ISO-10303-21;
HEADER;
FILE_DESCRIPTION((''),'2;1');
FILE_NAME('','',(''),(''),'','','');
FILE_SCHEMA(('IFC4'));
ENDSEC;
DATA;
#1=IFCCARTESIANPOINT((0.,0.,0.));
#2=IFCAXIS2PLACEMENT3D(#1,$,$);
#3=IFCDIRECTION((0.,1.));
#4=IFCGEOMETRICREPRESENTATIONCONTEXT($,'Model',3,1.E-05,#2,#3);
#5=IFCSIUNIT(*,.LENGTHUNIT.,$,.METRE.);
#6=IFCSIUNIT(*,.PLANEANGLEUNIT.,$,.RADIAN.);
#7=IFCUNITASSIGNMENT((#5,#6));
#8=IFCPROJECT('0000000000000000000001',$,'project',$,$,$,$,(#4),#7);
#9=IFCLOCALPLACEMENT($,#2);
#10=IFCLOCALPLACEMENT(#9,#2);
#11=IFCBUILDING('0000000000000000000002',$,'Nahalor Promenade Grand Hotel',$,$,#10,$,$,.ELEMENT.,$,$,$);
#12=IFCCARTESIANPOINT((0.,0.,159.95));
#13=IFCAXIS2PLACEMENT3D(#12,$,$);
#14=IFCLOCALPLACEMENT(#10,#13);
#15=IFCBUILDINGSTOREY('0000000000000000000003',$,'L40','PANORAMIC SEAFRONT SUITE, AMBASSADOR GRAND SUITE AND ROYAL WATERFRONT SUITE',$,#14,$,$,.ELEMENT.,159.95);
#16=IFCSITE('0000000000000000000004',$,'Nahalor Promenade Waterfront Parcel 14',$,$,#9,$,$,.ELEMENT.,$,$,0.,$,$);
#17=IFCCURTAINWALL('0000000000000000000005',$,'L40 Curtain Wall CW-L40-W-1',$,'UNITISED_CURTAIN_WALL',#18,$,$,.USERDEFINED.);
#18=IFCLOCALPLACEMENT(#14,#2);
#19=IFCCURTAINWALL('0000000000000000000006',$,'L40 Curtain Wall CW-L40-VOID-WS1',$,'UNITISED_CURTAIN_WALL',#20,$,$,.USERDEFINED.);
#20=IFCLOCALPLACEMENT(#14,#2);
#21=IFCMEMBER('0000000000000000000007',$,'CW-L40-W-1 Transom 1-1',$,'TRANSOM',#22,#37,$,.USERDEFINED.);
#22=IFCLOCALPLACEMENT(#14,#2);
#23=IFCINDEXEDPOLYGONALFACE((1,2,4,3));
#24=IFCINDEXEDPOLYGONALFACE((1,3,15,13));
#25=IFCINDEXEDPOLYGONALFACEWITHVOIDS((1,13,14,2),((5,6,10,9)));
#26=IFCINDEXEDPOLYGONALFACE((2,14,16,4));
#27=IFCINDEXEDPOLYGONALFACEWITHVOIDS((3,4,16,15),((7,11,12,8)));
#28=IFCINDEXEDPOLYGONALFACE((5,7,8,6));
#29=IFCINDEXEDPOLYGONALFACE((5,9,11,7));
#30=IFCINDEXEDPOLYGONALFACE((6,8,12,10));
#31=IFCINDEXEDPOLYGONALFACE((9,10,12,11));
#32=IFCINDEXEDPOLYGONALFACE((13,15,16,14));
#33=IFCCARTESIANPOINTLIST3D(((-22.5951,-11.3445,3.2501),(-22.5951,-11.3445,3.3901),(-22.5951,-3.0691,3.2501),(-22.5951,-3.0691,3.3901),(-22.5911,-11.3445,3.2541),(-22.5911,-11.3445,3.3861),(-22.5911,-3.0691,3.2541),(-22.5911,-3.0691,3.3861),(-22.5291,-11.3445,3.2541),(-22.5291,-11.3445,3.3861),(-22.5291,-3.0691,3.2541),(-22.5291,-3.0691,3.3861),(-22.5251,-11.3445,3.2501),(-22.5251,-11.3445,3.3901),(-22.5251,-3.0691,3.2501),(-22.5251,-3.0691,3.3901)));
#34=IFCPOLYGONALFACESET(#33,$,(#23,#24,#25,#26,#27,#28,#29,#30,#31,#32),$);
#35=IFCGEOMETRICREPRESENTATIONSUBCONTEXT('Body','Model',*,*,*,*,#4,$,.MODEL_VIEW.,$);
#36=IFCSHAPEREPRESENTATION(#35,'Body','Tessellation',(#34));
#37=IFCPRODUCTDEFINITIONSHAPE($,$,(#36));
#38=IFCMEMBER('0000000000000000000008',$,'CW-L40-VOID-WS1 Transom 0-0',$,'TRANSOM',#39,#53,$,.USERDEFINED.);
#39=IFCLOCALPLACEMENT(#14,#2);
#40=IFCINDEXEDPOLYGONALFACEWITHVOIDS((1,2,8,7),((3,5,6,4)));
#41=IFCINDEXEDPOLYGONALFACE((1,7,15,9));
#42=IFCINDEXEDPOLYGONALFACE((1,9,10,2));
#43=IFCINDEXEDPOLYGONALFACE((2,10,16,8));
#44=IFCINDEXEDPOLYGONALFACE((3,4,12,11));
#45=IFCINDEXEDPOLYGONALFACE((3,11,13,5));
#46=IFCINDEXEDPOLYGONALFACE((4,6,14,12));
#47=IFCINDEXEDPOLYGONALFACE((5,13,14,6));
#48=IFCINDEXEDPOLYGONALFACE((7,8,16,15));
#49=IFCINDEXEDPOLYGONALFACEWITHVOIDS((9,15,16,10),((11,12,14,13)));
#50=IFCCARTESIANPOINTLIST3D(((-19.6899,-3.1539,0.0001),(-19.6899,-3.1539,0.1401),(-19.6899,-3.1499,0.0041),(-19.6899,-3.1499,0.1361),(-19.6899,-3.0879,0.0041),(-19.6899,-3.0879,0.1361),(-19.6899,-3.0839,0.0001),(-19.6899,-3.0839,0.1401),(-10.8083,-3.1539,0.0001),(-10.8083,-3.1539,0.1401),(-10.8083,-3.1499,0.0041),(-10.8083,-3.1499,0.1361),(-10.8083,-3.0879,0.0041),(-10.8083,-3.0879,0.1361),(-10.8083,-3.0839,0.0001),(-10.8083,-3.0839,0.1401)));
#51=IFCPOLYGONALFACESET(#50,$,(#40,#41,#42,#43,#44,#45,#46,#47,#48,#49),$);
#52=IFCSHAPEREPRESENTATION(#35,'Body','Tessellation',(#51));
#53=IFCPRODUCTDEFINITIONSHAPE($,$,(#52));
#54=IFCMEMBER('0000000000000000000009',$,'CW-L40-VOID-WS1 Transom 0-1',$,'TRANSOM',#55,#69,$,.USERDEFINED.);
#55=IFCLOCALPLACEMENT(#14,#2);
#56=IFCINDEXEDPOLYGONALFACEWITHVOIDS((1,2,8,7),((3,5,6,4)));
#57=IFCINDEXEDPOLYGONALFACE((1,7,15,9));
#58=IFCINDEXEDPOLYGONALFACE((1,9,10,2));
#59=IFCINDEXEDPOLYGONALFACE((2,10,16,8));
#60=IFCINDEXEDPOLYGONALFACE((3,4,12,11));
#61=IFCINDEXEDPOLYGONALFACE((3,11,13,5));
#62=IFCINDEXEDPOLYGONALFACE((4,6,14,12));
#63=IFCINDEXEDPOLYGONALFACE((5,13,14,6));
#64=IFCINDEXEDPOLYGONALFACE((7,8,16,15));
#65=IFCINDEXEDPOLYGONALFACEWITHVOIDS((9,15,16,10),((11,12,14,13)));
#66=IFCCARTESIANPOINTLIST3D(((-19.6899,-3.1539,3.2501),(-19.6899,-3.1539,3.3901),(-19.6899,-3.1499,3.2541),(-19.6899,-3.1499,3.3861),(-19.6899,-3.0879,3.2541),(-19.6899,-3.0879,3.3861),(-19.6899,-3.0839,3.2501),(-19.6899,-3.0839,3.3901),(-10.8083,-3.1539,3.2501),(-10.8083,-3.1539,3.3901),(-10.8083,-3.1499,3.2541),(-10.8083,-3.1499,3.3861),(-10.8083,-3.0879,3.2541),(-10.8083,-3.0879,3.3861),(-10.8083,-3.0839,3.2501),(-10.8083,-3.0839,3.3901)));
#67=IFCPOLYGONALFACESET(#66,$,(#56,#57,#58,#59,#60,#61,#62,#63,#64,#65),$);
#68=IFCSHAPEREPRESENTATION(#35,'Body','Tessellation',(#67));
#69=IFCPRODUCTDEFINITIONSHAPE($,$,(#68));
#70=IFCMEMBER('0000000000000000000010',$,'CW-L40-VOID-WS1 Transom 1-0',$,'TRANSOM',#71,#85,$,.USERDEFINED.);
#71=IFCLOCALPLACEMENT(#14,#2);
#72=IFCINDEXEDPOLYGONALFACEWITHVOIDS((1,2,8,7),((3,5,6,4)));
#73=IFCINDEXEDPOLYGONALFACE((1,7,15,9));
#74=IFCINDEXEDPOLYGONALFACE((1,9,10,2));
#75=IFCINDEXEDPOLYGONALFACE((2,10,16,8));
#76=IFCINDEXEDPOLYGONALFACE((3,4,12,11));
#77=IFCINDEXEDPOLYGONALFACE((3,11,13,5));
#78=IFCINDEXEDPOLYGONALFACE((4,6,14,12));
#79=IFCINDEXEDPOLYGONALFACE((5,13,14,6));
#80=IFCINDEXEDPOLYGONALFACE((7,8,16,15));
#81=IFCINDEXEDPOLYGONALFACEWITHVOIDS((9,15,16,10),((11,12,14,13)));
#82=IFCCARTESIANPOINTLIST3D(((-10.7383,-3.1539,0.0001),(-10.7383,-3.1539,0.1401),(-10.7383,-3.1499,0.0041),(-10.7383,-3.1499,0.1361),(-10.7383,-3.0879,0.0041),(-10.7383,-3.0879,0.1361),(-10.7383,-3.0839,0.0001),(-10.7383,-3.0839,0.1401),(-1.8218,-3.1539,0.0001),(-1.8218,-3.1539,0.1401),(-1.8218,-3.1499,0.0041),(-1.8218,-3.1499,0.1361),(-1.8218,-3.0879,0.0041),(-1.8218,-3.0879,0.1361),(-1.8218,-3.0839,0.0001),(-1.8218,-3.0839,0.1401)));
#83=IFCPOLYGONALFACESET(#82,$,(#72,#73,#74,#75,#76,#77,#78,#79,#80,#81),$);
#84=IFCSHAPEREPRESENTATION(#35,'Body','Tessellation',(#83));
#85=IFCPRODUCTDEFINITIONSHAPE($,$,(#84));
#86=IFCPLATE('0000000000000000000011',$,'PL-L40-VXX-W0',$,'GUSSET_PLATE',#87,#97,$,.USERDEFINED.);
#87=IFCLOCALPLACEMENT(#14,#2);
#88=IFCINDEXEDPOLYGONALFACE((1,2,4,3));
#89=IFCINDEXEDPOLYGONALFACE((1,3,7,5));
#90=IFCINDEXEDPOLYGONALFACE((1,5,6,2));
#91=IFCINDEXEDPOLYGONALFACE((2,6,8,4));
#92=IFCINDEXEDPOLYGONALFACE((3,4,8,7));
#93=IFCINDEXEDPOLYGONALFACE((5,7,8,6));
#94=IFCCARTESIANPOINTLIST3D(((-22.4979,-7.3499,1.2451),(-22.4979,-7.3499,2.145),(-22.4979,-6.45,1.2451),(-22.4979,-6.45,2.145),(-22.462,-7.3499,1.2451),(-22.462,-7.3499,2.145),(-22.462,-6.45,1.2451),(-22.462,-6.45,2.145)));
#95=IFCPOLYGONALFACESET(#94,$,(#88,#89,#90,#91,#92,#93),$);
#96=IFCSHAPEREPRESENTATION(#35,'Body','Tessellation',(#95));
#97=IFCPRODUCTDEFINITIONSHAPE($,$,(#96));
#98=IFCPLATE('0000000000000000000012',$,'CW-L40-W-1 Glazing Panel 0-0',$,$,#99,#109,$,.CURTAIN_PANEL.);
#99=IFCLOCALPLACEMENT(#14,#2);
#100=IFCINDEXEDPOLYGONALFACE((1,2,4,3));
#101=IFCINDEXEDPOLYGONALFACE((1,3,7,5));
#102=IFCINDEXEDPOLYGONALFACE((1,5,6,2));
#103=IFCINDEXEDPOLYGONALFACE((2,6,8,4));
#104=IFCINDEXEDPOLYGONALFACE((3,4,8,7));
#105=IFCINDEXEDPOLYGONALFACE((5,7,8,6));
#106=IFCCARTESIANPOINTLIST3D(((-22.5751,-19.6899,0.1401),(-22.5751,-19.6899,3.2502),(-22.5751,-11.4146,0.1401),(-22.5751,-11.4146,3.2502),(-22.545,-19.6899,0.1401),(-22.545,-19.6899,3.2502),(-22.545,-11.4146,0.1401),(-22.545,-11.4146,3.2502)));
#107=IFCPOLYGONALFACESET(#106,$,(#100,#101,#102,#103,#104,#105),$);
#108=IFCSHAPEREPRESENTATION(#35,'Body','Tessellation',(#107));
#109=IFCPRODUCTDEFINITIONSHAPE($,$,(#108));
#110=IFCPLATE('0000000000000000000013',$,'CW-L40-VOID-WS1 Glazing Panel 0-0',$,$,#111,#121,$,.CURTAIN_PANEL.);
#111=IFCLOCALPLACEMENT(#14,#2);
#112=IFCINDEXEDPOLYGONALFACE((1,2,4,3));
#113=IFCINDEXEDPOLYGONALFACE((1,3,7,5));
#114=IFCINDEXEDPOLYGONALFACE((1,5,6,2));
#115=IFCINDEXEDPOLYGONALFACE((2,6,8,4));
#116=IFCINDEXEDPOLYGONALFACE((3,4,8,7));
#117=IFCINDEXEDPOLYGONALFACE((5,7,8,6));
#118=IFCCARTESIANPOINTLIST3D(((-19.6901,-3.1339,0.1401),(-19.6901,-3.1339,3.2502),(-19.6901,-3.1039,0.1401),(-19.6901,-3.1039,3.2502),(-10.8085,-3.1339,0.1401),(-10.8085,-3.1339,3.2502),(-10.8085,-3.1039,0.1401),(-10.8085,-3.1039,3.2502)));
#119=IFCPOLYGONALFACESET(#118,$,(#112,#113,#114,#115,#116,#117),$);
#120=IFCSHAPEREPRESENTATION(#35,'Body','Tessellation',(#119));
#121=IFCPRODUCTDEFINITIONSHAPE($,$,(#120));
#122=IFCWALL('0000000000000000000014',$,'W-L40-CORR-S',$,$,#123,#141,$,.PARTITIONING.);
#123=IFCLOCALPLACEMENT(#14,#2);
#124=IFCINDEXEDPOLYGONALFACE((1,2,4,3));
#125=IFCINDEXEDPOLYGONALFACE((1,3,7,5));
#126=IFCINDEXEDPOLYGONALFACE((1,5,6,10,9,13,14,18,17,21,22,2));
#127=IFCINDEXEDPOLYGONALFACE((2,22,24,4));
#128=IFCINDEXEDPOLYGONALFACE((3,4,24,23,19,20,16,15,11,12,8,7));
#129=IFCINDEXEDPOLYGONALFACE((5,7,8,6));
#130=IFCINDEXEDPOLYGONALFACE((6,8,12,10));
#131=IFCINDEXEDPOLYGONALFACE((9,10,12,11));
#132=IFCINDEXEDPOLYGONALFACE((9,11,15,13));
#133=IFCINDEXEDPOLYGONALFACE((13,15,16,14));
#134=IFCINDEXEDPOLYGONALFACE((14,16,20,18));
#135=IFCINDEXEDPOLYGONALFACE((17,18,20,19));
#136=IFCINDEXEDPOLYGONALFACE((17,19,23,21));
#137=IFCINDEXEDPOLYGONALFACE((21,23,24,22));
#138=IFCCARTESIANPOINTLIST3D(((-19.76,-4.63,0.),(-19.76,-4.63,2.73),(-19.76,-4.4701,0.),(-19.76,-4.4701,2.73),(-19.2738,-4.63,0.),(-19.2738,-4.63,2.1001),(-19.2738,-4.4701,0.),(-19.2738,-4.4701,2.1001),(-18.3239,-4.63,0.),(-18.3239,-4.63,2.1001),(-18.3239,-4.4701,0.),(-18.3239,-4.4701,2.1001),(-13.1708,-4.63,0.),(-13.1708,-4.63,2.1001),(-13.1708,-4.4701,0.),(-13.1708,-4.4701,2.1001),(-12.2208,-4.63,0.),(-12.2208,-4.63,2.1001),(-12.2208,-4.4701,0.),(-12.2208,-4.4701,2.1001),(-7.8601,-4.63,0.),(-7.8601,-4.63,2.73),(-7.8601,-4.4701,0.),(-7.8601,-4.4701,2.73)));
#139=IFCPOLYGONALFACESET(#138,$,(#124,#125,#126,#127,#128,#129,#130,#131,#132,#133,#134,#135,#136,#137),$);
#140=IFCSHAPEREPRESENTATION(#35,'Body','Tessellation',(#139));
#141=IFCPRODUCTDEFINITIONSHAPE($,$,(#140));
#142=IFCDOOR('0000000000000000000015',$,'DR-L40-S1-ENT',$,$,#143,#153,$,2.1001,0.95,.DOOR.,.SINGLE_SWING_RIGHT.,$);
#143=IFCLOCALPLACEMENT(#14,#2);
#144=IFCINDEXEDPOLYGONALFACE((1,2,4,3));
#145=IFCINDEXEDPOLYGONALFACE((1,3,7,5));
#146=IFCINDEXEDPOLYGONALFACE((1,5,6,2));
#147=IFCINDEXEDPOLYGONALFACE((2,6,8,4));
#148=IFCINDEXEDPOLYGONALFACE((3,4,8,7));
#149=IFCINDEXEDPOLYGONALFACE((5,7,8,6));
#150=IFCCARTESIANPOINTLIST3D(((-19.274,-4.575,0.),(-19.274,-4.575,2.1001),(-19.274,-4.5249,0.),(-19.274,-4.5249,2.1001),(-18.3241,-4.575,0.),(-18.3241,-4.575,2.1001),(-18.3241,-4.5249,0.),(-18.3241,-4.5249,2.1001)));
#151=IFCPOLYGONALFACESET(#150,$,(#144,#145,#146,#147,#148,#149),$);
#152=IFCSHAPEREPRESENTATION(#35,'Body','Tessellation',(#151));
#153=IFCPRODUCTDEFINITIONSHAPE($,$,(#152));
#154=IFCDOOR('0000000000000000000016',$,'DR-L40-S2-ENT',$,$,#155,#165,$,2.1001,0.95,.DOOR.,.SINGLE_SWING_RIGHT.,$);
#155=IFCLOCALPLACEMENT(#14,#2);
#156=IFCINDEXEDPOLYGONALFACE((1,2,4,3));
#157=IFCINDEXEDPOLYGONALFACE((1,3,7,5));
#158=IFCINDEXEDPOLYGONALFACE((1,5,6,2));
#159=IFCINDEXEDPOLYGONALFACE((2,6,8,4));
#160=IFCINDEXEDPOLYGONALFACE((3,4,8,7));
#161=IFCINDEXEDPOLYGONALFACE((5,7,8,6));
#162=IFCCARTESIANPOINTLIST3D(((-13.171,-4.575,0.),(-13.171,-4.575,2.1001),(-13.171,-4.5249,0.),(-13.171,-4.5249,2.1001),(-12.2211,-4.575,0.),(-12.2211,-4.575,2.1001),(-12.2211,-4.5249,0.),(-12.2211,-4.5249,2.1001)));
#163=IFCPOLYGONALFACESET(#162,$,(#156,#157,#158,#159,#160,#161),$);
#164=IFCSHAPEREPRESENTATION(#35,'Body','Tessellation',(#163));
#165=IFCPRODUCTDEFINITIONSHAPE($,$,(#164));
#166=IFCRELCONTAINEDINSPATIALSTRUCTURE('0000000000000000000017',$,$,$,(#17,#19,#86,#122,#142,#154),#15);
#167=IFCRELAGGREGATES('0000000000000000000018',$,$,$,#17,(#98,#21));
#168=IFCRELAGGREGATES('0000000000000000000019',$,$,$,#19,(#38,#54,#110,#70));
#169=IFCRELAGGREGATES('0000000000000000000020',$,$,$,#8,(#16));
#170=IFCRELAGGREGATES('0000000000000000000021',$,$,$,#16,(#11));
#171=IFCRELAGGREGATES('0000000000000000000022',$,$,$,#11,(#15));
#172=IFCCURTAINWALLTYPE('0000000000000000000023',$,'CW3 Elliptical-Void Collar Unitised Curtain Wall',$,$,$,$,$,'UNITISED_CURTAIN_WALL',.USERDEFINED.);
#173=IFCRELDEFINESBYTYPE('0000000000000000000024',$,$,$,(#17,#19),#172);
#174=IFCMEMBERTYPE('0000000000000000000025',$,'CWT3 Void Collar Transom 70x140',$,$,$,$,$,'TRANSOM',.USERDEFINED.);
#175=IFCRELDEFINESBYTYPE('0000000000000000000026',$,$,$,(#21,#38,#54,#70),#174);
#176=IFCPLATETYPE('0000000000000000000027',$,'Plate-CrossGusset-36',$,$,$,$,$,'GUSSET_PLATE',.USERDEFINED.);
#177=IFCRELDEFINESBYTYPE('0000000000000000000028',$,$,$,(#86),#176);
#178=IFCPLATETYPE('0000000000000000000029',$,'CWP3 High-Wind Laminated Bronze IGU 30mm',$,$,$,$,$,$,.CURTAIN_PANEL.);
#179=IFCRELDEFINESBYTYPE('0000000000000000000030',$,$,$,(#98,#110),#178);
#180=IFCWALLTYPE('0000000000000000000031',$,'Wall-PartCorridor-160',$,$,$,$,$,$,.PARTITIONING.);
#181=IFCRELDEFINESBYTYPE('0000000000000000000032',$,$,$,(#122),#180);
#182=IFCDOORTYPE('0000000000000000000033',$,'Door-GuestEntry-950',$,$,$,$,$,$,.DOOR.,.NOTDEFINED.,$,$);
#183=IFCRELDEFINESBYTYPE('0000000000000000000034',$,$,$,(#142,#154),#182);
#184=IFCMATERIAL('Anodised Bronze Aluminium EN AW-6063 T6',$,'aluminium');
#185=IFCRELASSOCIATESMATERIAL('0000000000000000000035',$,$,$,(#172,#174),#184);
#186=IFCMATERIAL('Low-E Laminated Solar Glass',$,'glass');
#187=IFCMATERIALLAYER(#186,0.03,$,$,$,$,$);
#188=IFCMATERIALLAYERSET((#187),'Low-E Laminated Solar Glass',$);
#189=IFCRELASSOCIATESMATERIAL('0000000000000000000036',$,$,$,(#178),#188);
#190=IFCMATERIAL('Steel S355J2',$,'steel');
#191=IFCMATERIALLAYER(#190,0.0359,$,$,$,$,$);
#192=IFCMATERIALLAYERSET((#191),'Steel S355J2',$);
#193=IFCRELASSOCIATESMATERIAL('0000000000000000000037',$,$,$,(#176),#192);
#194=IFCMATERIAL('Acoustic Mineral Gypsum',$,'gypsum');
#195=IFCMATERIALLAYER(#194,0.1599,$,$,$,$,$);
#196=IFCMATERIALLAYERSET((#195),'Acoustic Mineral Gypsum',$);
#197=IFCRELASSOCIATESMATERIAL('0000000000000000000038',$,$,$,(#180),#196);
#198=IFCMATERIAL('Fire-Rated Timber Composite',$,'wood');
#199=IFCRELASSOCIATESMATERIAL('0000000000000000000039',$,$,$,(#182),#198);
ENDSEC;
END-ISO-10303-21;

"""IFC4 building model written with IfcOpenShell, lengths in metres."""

from ifc_helpers import new_model, si_unit, direction, frame, frame_2d, origin, origin_2d, place, context, subcontext, project, spatial, rectangle, hollow_rectangle, extrude, source, transform, mapped, material, layer, layer_set, material_profile, profile_set, type_object, element, fill, aggregate, save


model = new_model("IFC4")

# Units and contexts
model_context = context("Model", 3, precision=1e-05, world=origin(), true_north=direction((0.0, 1.0)))
body_context = subcontext(model_context, "Body", "Model", "MODEL_VIEW")
ifc_project = project(units=[si_unit("LENGTHUNIT", "METRE"), si_unit("PLANEANGLEUNIT", "RADIAN")], contexts=[model_context])

# Site, building, storey
site_placement = place(None, origin())
site = spatial("IfcSite", under=ifc_project, at=site_placement, Name="Nahalor Promenade Waterfront Parcel 14", CompositionType="ELEMENT", RefElevation=0.0)
building_placement = place(site_placement, origin())
building = spatial("IfcBuilding", under=site, at=building_placement, Name="Nahalor Promenade Grand Hotel", CompositionType="ELEMENT")
storey_placement = place(building_placement, frame((0.0, 0.0, 159.95)))
storey = spatial("IfcBuildingStorey", under=building, at=storey_placement, Name="L40", Description="PANORAMIC SEAFRONT SUITE, AMBASSADOR GRAND SUITE AND ROYAL WATERFRONT SUITE", CompositionType="ELEMENT", Elevation=159.95)

# Shared definitions
ifc_material_1 = material(Name="Steel S355J2", Category="steel")

# Curtain wall
ifc_material_2 = material(Name="Anodised Bronze Aluminium EN AW-6063 T6", Category="aluminium")
curtain_wall_type = type_object("IfcCurtainWallType", Name="CW3 Elliptical-Void Collar Unitised Curtain Wall", ElementType="UNITISED_CURTAIN_WALL", PredefinedType="USERDEFINED", material=ifc_material_2)
curtain_wall_1_placement = place(storey_placement, origin())
curtain_wall_1 = element("IfcCurtainWall", 1, at=curtain_wall_1_placement, inside=storey, type_object=curtain_wall_type, Name="L40 Curtain Wall CW-L40-W-1", ObjectType="UNITISED_CURTAIN_WALL", PredefinedType="USERDEFINED")

# Curtain wall
curtain_wall_2_placement = place(storey_placement, origin())
curtain_wall_2 = element("IfcCurtainWall", 2, at=curtain_wall_2_placement, inside=storey, type_object=curtain_wall_type, Name="L40 Curtain Wall CW-L40-VOID-WS1", ObjectType="UNITISED_CURTAIN_WALL", PredefinedType="USERDEFINED")

# Members
ifc_material_profile_1 = material_profile(ifc_material_2, hollow_rectangle(XDim=0.07, YDim=0.14, WallThickness=0.004, at=origin_2d()), Name="CWT 70x140x4")
ifc_profile_set_1 = profile_set([ifc_material_profile_1], Name="Anodised Bronze Aluminium EN AW-6063 T6")
member_type_1 = type_object("IfcMemberType", Name="CWT3 Void Collar Transom 70x140", ElementType="TRANSOM", PredefinedType="USERDEFINED", material=ifc_profile_set_1)
shared_shape_1 = source(origin(), body_context, "Body", "SweptSolid", [
    extrude(hollow_rectangle(XDim=0.07, YDim=0.14, WallThickness=0.004, at=origin_2d()), origin(), (0.0, 0.0, 1.0), 8.2754),
])
member_1_placement = place(storey_placement, frame((-22.5601, -11.3445, 3.3201), z_axis=(0.0, 1.0, 0.0), x_axis=(-1.0, 0.0, 0.0)))
member_1 = element("IfcMember", 3, at=member_1_placement, type_object=member_type_1, Name="CW-L40-W-1 Transom 1-1", ObjectType="TRANSOM", PredefinedType="USERDEFINED", context=body_context, shape_type="MappedRepresentation", body=[
    mapped(shared_shape_1, transform((0.0, 0.0, 0.0), scale=1.0)),
])
shared_shape_2 = source(origin(), body_context, "Body", "SweptSolid", [
    extrude(hollow_rectangle(XDim=0.07, YDim=0.14, WallThickness=0.004, at=origin_2d()), origin(), (0.0, 0.0, 1.0), 8.8816),
])
member_2_placement = place(storey_placement, frame((-19.6899, -3.1189, 0.0701), z_axis=(1.0, 0.0, 0.0), x_axis=(0.0, 1.0, 0.0)))
member_2 = element("IfcMember", 4, at=member_2_placement, type_object=member_type_1, Name="CW-L40-VOID-WS1 Transom 0-0", ObjectType="TRANSOM", PredefinedType="USERDEFINED", context=body_context, shape_type="MappedRepresentation", body=[
    mapped(shared_shape_2, transform((0.0, 0.0, 0.0), scale=1.0)),
])
member_3_placement = place(storey_placement, frame((-19.6899, -3.1189, 3.3201), z_axis=(1.0, 0.0, 0.0), x_axis=(0.0, 1.0, 0.0)))
member_3 = element("IfcMember", 5, at=member_3_placement, type_object=member_type_1, Name="CW-L40-VOID-WS1 Transom 0-1", ObjectType="TRANSOM", PredefinedType="USERDEFINED", context=body_context, shape_type="MappedRepresentation", body=[
    mapped(shared_shape_2, transform((0.0, 0.0, 0.0), scale=1.0)),
])
shared_shape_3 = source(origin(), body_context, "Body", "SweptSolid", [
    extrude(hollow_rectangle(XDim=0.07, YDim=0.14, WallThickness=0.004, at=origin_2d()), origin(), (0.0, 0.0, 1.0), 8.9165),
])
member_4_placement = place(storey_placement, frame((-10.7383, -3.1189, 0.0701), z_axis=(1.0, 0.0, 0.0), x_axis=(0.0, 1.0, 0.0)))
member_4 = element("IfcMember", 6, at=member_4_placement, type_object=member_type_1, Name="CW-L40-VOID-WS1 Transom 1-0", ObjectType="TRANSOM", PredefinedType="USERDEFINED", context=body_context, shape_type="MappedRepresentation", body=[
    mapped(shared_shape_3, transform((0.0, 0.0, 0.0), scale=1.0)),
])

# Plates
ifc_material_3 = material(Name="Low-E Laminated Solar Glass", Category="glass")
ifc_layer_1 = layer(ifc_material_3, 0.03)
ifc_layer_set_1 = layer_set([ifc_layer_1], Name="Low-E Laminated Solar Glass")
plate_type_1 = type_object("IfcPlateType", Name="CWP3 High-Wind Laminated Bronze IGU 30mm", PredefinedType="CURTAIN_PANEL", material=ifc_layer_set_1)
ifc_layer_2 = layer(ifc_material_1, 0.0359)
ifc_layer_set_2 = layer_set([ifc_layer_2], Name="Steel S355J2")
plate_type_2 = type_object("IfcPlateType", Name="Plate-CrossGusset-36", ElementType="GUSSET_PLATE", PredefinedType="USERDEFINED", material=ifc_layer_set_2)
shared_shape_4 = source(origin(), body_context, "Body", "SweptSolid", [
    extrude(rectangle(XDim=0.8999, YDim=0.0359, at=origin_2d()), origin(), (0.0, 0.0, 1.0), 0.8999),
])
plate_1_placement = place(storey_placement, frame((-22.48, -6.8999, 1.2451), z_axis=(0.0, 0.0, 1.0), x_axis=(0.0, 1.0, 0.0)))
element("IfcPlate", 7, at=plate_1_placement, inside=storey, type_object=plate_type_2, Name="PL-L40-VXX-W0", ObjectType="GUSSET_PLATE", PredefinedType="USERDEFINED", context=body_context, shape_type="MappedRepresentation", body=[
    mapped(shared_shape_4, transform((0.0, 0.0, 0.0), scale=1.0)),
])
shared_shape_5 = source(origin(), body_context, "Body", "SweptSolid", [
    extrude(rectangle(XDim=8.2754, YDim=0.03, at=origin_2d()), origin(), (0.0, 0.0, 1.0), 3.1101),
])
plate_2_placement = place(storey_placement, frame((-22.5601, -15.5522, 0.1401), z_axis=(0.0, 0.0, 1.0), x_axis=(0.0, 1.0, 0.0)))
plate_2 = element("IfcPlate", 8, at=plate_2_placement, type_object=plate_type_1, Name="CW-L40-W-1 Glazing Panel 0-0", PredefinedType="CURTAIN_PANEL", context=body_context, shape_type="MappedRepresentation", body=[
    mapped(shared_shape_5, transform((0.0, 0.0, 0.0), scale=1.0)),
])
aggregate(curtain_wall_1, [plate_2, member_1])
shared_shape_6 = source(origin(), body_context, "Body", "SweptSolid", [
    extrude(rectangle(XDim=8.8816, YDim=0.03, at=origin_2d()), origin(), (0.0, 0.0, 1.0), 3.1101),
])
plate_3_placement = place(storey_placement, frame((-15.2493, -3.1189, 0.1401), z_axis=(0.0, 0.0, 1.0), x_axis=(1.0, 0.0, 0.0)))
plate_3 = element("IfcPlate", 9, at=plate_3_placement, type_object=plate_type_1, Name="CW-L40-VOID-WS1 Glazing Panel 0-0", PredefinedType="CURTAIN_PANEL", context=body_context, shape_type="MappedRepresentation", body=[
    mapped(shared_shape_6, transform((0.0, 0.0, 0.0), scale=1.0)),
])
aggregate(curtain_wall_2, [member_2, member_3, plate_3, member_4])

# Wall, openings, doors
ifc_material_4 = material(Name="Acoustic Mineral Gypsum", Category="gypsum")
ifc_layer_3 = layer(ifc_material_4, 0.1599)
ifc_layer_set_3 = layer_set([ifc_layer_3], Name="Acoustic Mineral Gypsum")
wall_type = type_object("IfcWallType", Name="Wall-PartCorridor-160", PredefinedType="PARTITIONING", material=ifc_layer_set_3)
shared_shape_7 = source(origin(), body_context, "Body", "SweptSolid", [
    extrude(rectangle(XDim=11.8999, YDim=0.1599, at=frame_2d((5.95, 0.0))), origin(), (0.0, 0.0, 1.0), 2.73),
])
wall_placement = place(storey_placement, frame((-19.76, -4.55, 0.0), z_axis=(0.0, 0.0, 1.0), x_axis=(1.0, 0.0, 0.0)))
wall = element("IfcWall", 10, at=wall_placement, inside=storey, type_object=wall_type, Name="W-L40-CORR-S", PredefinedType="PARTITIONING", context=body_context, shape_type="MappedRepresentation", body=[
    mapped(shared_shape_7, transform((0.0, 0.0, 0.0), scale=1.0)),
])
opening_1_placement = place(wall_placement, frame((0.4861, 0.0, 0.0)))
opening_1 = element("IfcOpeningElement", 11, at=opening_1_placement, cuts=wall, PredefinedType="OPENING", context=body_context, shape_type="SweptSolid", body=[
    extrude(rectangle(XDim=0.95, YDim=2.1001, at=frame_2d((0.4751, 1.05))), frame((0.0, 0.0898, 0.0), z_axis=(0.0, -1.0, 0.0), x_axis=(1.0, 0.0, 0.0)), (0.0, 0.0, 1.0), 0.1799),
])
opening_2_placement = place(wall_placement, frame((6.5891, 0.0, 0.0)))
opening_2 = element("IfcOpeningElement", 12, at=opening_2_placement, cuts=wall, PredefinedType="OPENING", context=body_context, shape_type="SweptSolid", body=[
    extrude(rectangle(XDim=0.95, YDim=2.1001, at=frame_2d((0.4751, 1.05))), frame((0.0, 0.0898, 0.0), z_axis=(0.0, -1.0, 0.0), x_axis=(1.0, 0.0, 0.0)), (0.0, 0.0, 1.0), 0.1799),
])
ifc_material_5 = material(Name="Fire-Rated Timber Composite", Category="wood")
door_type = type_object("IfcDoorType", Name="Door-GuestEntry-950", OperationType="NOTDEFINED", PredefinedType="DOOR", material=ifc_material_5)
shared_shape_8 = source(origin(), body_context, "Body", "SweptSolid", [
    extrude(rectangle(XDim=0.95, YDim=2.1001, at=frame_2d((0.4751, 1.05))), frame((0.0, 0.0249, 0.0), z_axis=(0.0, -1.0, 0.0), x_axis=(1.0, 0.0, 0.0)), (0.0, 0.0, 1.0), 0.05),
])
door_1_placement = place(opening_1_placement, frame((0.95, 0.0, 0.0), z_axis=(0.0, 0.0, 1.0), x_axis=(-1.0, 0.0, 0.0)))
door_1 = element("IfcDoor", 13, at=door_1_placement, inside=storey, type_object=door_type, Name="DR-L40-S1-ENT", OperationType="SINGLE_SWING_RIGHT", OverallHeight=2.1001, OverallWidth=0.95, PredefinedType="DOOR", context=body_context, shape_type="MappedRepresentation", body=[
    mapped(shared_shape_8, transform((0.0, 0.0, 0.0), scale=1.0)),
])
fill(opening_1, door_1)
door_2_placement = place(opening_2_placement, frame((0.95, 0.0, 0.0), z_axis=(0.0, 0.0, 1.0), x_axis=(-1.0, 0.0, 0.0)))
door_2 = element("IfcDoor", 14, at=door_2_placement, inside=storey, type_object=door_type, Name="DR-L40-S2-ENT", OperationType="SINGLE_SWING_RIGHT", OverallHeight=2.1001, OverallWidth=0.95, PredefinedType="DOOR", context=body_context, shape_type="MappedRepresentation", body=[
    mapped(shared_shape_8, transform((0.0, 0.0, 0.0), scale=1.0)),
])
fill(opening_2, door_2)

save(model, "model.ifc")
